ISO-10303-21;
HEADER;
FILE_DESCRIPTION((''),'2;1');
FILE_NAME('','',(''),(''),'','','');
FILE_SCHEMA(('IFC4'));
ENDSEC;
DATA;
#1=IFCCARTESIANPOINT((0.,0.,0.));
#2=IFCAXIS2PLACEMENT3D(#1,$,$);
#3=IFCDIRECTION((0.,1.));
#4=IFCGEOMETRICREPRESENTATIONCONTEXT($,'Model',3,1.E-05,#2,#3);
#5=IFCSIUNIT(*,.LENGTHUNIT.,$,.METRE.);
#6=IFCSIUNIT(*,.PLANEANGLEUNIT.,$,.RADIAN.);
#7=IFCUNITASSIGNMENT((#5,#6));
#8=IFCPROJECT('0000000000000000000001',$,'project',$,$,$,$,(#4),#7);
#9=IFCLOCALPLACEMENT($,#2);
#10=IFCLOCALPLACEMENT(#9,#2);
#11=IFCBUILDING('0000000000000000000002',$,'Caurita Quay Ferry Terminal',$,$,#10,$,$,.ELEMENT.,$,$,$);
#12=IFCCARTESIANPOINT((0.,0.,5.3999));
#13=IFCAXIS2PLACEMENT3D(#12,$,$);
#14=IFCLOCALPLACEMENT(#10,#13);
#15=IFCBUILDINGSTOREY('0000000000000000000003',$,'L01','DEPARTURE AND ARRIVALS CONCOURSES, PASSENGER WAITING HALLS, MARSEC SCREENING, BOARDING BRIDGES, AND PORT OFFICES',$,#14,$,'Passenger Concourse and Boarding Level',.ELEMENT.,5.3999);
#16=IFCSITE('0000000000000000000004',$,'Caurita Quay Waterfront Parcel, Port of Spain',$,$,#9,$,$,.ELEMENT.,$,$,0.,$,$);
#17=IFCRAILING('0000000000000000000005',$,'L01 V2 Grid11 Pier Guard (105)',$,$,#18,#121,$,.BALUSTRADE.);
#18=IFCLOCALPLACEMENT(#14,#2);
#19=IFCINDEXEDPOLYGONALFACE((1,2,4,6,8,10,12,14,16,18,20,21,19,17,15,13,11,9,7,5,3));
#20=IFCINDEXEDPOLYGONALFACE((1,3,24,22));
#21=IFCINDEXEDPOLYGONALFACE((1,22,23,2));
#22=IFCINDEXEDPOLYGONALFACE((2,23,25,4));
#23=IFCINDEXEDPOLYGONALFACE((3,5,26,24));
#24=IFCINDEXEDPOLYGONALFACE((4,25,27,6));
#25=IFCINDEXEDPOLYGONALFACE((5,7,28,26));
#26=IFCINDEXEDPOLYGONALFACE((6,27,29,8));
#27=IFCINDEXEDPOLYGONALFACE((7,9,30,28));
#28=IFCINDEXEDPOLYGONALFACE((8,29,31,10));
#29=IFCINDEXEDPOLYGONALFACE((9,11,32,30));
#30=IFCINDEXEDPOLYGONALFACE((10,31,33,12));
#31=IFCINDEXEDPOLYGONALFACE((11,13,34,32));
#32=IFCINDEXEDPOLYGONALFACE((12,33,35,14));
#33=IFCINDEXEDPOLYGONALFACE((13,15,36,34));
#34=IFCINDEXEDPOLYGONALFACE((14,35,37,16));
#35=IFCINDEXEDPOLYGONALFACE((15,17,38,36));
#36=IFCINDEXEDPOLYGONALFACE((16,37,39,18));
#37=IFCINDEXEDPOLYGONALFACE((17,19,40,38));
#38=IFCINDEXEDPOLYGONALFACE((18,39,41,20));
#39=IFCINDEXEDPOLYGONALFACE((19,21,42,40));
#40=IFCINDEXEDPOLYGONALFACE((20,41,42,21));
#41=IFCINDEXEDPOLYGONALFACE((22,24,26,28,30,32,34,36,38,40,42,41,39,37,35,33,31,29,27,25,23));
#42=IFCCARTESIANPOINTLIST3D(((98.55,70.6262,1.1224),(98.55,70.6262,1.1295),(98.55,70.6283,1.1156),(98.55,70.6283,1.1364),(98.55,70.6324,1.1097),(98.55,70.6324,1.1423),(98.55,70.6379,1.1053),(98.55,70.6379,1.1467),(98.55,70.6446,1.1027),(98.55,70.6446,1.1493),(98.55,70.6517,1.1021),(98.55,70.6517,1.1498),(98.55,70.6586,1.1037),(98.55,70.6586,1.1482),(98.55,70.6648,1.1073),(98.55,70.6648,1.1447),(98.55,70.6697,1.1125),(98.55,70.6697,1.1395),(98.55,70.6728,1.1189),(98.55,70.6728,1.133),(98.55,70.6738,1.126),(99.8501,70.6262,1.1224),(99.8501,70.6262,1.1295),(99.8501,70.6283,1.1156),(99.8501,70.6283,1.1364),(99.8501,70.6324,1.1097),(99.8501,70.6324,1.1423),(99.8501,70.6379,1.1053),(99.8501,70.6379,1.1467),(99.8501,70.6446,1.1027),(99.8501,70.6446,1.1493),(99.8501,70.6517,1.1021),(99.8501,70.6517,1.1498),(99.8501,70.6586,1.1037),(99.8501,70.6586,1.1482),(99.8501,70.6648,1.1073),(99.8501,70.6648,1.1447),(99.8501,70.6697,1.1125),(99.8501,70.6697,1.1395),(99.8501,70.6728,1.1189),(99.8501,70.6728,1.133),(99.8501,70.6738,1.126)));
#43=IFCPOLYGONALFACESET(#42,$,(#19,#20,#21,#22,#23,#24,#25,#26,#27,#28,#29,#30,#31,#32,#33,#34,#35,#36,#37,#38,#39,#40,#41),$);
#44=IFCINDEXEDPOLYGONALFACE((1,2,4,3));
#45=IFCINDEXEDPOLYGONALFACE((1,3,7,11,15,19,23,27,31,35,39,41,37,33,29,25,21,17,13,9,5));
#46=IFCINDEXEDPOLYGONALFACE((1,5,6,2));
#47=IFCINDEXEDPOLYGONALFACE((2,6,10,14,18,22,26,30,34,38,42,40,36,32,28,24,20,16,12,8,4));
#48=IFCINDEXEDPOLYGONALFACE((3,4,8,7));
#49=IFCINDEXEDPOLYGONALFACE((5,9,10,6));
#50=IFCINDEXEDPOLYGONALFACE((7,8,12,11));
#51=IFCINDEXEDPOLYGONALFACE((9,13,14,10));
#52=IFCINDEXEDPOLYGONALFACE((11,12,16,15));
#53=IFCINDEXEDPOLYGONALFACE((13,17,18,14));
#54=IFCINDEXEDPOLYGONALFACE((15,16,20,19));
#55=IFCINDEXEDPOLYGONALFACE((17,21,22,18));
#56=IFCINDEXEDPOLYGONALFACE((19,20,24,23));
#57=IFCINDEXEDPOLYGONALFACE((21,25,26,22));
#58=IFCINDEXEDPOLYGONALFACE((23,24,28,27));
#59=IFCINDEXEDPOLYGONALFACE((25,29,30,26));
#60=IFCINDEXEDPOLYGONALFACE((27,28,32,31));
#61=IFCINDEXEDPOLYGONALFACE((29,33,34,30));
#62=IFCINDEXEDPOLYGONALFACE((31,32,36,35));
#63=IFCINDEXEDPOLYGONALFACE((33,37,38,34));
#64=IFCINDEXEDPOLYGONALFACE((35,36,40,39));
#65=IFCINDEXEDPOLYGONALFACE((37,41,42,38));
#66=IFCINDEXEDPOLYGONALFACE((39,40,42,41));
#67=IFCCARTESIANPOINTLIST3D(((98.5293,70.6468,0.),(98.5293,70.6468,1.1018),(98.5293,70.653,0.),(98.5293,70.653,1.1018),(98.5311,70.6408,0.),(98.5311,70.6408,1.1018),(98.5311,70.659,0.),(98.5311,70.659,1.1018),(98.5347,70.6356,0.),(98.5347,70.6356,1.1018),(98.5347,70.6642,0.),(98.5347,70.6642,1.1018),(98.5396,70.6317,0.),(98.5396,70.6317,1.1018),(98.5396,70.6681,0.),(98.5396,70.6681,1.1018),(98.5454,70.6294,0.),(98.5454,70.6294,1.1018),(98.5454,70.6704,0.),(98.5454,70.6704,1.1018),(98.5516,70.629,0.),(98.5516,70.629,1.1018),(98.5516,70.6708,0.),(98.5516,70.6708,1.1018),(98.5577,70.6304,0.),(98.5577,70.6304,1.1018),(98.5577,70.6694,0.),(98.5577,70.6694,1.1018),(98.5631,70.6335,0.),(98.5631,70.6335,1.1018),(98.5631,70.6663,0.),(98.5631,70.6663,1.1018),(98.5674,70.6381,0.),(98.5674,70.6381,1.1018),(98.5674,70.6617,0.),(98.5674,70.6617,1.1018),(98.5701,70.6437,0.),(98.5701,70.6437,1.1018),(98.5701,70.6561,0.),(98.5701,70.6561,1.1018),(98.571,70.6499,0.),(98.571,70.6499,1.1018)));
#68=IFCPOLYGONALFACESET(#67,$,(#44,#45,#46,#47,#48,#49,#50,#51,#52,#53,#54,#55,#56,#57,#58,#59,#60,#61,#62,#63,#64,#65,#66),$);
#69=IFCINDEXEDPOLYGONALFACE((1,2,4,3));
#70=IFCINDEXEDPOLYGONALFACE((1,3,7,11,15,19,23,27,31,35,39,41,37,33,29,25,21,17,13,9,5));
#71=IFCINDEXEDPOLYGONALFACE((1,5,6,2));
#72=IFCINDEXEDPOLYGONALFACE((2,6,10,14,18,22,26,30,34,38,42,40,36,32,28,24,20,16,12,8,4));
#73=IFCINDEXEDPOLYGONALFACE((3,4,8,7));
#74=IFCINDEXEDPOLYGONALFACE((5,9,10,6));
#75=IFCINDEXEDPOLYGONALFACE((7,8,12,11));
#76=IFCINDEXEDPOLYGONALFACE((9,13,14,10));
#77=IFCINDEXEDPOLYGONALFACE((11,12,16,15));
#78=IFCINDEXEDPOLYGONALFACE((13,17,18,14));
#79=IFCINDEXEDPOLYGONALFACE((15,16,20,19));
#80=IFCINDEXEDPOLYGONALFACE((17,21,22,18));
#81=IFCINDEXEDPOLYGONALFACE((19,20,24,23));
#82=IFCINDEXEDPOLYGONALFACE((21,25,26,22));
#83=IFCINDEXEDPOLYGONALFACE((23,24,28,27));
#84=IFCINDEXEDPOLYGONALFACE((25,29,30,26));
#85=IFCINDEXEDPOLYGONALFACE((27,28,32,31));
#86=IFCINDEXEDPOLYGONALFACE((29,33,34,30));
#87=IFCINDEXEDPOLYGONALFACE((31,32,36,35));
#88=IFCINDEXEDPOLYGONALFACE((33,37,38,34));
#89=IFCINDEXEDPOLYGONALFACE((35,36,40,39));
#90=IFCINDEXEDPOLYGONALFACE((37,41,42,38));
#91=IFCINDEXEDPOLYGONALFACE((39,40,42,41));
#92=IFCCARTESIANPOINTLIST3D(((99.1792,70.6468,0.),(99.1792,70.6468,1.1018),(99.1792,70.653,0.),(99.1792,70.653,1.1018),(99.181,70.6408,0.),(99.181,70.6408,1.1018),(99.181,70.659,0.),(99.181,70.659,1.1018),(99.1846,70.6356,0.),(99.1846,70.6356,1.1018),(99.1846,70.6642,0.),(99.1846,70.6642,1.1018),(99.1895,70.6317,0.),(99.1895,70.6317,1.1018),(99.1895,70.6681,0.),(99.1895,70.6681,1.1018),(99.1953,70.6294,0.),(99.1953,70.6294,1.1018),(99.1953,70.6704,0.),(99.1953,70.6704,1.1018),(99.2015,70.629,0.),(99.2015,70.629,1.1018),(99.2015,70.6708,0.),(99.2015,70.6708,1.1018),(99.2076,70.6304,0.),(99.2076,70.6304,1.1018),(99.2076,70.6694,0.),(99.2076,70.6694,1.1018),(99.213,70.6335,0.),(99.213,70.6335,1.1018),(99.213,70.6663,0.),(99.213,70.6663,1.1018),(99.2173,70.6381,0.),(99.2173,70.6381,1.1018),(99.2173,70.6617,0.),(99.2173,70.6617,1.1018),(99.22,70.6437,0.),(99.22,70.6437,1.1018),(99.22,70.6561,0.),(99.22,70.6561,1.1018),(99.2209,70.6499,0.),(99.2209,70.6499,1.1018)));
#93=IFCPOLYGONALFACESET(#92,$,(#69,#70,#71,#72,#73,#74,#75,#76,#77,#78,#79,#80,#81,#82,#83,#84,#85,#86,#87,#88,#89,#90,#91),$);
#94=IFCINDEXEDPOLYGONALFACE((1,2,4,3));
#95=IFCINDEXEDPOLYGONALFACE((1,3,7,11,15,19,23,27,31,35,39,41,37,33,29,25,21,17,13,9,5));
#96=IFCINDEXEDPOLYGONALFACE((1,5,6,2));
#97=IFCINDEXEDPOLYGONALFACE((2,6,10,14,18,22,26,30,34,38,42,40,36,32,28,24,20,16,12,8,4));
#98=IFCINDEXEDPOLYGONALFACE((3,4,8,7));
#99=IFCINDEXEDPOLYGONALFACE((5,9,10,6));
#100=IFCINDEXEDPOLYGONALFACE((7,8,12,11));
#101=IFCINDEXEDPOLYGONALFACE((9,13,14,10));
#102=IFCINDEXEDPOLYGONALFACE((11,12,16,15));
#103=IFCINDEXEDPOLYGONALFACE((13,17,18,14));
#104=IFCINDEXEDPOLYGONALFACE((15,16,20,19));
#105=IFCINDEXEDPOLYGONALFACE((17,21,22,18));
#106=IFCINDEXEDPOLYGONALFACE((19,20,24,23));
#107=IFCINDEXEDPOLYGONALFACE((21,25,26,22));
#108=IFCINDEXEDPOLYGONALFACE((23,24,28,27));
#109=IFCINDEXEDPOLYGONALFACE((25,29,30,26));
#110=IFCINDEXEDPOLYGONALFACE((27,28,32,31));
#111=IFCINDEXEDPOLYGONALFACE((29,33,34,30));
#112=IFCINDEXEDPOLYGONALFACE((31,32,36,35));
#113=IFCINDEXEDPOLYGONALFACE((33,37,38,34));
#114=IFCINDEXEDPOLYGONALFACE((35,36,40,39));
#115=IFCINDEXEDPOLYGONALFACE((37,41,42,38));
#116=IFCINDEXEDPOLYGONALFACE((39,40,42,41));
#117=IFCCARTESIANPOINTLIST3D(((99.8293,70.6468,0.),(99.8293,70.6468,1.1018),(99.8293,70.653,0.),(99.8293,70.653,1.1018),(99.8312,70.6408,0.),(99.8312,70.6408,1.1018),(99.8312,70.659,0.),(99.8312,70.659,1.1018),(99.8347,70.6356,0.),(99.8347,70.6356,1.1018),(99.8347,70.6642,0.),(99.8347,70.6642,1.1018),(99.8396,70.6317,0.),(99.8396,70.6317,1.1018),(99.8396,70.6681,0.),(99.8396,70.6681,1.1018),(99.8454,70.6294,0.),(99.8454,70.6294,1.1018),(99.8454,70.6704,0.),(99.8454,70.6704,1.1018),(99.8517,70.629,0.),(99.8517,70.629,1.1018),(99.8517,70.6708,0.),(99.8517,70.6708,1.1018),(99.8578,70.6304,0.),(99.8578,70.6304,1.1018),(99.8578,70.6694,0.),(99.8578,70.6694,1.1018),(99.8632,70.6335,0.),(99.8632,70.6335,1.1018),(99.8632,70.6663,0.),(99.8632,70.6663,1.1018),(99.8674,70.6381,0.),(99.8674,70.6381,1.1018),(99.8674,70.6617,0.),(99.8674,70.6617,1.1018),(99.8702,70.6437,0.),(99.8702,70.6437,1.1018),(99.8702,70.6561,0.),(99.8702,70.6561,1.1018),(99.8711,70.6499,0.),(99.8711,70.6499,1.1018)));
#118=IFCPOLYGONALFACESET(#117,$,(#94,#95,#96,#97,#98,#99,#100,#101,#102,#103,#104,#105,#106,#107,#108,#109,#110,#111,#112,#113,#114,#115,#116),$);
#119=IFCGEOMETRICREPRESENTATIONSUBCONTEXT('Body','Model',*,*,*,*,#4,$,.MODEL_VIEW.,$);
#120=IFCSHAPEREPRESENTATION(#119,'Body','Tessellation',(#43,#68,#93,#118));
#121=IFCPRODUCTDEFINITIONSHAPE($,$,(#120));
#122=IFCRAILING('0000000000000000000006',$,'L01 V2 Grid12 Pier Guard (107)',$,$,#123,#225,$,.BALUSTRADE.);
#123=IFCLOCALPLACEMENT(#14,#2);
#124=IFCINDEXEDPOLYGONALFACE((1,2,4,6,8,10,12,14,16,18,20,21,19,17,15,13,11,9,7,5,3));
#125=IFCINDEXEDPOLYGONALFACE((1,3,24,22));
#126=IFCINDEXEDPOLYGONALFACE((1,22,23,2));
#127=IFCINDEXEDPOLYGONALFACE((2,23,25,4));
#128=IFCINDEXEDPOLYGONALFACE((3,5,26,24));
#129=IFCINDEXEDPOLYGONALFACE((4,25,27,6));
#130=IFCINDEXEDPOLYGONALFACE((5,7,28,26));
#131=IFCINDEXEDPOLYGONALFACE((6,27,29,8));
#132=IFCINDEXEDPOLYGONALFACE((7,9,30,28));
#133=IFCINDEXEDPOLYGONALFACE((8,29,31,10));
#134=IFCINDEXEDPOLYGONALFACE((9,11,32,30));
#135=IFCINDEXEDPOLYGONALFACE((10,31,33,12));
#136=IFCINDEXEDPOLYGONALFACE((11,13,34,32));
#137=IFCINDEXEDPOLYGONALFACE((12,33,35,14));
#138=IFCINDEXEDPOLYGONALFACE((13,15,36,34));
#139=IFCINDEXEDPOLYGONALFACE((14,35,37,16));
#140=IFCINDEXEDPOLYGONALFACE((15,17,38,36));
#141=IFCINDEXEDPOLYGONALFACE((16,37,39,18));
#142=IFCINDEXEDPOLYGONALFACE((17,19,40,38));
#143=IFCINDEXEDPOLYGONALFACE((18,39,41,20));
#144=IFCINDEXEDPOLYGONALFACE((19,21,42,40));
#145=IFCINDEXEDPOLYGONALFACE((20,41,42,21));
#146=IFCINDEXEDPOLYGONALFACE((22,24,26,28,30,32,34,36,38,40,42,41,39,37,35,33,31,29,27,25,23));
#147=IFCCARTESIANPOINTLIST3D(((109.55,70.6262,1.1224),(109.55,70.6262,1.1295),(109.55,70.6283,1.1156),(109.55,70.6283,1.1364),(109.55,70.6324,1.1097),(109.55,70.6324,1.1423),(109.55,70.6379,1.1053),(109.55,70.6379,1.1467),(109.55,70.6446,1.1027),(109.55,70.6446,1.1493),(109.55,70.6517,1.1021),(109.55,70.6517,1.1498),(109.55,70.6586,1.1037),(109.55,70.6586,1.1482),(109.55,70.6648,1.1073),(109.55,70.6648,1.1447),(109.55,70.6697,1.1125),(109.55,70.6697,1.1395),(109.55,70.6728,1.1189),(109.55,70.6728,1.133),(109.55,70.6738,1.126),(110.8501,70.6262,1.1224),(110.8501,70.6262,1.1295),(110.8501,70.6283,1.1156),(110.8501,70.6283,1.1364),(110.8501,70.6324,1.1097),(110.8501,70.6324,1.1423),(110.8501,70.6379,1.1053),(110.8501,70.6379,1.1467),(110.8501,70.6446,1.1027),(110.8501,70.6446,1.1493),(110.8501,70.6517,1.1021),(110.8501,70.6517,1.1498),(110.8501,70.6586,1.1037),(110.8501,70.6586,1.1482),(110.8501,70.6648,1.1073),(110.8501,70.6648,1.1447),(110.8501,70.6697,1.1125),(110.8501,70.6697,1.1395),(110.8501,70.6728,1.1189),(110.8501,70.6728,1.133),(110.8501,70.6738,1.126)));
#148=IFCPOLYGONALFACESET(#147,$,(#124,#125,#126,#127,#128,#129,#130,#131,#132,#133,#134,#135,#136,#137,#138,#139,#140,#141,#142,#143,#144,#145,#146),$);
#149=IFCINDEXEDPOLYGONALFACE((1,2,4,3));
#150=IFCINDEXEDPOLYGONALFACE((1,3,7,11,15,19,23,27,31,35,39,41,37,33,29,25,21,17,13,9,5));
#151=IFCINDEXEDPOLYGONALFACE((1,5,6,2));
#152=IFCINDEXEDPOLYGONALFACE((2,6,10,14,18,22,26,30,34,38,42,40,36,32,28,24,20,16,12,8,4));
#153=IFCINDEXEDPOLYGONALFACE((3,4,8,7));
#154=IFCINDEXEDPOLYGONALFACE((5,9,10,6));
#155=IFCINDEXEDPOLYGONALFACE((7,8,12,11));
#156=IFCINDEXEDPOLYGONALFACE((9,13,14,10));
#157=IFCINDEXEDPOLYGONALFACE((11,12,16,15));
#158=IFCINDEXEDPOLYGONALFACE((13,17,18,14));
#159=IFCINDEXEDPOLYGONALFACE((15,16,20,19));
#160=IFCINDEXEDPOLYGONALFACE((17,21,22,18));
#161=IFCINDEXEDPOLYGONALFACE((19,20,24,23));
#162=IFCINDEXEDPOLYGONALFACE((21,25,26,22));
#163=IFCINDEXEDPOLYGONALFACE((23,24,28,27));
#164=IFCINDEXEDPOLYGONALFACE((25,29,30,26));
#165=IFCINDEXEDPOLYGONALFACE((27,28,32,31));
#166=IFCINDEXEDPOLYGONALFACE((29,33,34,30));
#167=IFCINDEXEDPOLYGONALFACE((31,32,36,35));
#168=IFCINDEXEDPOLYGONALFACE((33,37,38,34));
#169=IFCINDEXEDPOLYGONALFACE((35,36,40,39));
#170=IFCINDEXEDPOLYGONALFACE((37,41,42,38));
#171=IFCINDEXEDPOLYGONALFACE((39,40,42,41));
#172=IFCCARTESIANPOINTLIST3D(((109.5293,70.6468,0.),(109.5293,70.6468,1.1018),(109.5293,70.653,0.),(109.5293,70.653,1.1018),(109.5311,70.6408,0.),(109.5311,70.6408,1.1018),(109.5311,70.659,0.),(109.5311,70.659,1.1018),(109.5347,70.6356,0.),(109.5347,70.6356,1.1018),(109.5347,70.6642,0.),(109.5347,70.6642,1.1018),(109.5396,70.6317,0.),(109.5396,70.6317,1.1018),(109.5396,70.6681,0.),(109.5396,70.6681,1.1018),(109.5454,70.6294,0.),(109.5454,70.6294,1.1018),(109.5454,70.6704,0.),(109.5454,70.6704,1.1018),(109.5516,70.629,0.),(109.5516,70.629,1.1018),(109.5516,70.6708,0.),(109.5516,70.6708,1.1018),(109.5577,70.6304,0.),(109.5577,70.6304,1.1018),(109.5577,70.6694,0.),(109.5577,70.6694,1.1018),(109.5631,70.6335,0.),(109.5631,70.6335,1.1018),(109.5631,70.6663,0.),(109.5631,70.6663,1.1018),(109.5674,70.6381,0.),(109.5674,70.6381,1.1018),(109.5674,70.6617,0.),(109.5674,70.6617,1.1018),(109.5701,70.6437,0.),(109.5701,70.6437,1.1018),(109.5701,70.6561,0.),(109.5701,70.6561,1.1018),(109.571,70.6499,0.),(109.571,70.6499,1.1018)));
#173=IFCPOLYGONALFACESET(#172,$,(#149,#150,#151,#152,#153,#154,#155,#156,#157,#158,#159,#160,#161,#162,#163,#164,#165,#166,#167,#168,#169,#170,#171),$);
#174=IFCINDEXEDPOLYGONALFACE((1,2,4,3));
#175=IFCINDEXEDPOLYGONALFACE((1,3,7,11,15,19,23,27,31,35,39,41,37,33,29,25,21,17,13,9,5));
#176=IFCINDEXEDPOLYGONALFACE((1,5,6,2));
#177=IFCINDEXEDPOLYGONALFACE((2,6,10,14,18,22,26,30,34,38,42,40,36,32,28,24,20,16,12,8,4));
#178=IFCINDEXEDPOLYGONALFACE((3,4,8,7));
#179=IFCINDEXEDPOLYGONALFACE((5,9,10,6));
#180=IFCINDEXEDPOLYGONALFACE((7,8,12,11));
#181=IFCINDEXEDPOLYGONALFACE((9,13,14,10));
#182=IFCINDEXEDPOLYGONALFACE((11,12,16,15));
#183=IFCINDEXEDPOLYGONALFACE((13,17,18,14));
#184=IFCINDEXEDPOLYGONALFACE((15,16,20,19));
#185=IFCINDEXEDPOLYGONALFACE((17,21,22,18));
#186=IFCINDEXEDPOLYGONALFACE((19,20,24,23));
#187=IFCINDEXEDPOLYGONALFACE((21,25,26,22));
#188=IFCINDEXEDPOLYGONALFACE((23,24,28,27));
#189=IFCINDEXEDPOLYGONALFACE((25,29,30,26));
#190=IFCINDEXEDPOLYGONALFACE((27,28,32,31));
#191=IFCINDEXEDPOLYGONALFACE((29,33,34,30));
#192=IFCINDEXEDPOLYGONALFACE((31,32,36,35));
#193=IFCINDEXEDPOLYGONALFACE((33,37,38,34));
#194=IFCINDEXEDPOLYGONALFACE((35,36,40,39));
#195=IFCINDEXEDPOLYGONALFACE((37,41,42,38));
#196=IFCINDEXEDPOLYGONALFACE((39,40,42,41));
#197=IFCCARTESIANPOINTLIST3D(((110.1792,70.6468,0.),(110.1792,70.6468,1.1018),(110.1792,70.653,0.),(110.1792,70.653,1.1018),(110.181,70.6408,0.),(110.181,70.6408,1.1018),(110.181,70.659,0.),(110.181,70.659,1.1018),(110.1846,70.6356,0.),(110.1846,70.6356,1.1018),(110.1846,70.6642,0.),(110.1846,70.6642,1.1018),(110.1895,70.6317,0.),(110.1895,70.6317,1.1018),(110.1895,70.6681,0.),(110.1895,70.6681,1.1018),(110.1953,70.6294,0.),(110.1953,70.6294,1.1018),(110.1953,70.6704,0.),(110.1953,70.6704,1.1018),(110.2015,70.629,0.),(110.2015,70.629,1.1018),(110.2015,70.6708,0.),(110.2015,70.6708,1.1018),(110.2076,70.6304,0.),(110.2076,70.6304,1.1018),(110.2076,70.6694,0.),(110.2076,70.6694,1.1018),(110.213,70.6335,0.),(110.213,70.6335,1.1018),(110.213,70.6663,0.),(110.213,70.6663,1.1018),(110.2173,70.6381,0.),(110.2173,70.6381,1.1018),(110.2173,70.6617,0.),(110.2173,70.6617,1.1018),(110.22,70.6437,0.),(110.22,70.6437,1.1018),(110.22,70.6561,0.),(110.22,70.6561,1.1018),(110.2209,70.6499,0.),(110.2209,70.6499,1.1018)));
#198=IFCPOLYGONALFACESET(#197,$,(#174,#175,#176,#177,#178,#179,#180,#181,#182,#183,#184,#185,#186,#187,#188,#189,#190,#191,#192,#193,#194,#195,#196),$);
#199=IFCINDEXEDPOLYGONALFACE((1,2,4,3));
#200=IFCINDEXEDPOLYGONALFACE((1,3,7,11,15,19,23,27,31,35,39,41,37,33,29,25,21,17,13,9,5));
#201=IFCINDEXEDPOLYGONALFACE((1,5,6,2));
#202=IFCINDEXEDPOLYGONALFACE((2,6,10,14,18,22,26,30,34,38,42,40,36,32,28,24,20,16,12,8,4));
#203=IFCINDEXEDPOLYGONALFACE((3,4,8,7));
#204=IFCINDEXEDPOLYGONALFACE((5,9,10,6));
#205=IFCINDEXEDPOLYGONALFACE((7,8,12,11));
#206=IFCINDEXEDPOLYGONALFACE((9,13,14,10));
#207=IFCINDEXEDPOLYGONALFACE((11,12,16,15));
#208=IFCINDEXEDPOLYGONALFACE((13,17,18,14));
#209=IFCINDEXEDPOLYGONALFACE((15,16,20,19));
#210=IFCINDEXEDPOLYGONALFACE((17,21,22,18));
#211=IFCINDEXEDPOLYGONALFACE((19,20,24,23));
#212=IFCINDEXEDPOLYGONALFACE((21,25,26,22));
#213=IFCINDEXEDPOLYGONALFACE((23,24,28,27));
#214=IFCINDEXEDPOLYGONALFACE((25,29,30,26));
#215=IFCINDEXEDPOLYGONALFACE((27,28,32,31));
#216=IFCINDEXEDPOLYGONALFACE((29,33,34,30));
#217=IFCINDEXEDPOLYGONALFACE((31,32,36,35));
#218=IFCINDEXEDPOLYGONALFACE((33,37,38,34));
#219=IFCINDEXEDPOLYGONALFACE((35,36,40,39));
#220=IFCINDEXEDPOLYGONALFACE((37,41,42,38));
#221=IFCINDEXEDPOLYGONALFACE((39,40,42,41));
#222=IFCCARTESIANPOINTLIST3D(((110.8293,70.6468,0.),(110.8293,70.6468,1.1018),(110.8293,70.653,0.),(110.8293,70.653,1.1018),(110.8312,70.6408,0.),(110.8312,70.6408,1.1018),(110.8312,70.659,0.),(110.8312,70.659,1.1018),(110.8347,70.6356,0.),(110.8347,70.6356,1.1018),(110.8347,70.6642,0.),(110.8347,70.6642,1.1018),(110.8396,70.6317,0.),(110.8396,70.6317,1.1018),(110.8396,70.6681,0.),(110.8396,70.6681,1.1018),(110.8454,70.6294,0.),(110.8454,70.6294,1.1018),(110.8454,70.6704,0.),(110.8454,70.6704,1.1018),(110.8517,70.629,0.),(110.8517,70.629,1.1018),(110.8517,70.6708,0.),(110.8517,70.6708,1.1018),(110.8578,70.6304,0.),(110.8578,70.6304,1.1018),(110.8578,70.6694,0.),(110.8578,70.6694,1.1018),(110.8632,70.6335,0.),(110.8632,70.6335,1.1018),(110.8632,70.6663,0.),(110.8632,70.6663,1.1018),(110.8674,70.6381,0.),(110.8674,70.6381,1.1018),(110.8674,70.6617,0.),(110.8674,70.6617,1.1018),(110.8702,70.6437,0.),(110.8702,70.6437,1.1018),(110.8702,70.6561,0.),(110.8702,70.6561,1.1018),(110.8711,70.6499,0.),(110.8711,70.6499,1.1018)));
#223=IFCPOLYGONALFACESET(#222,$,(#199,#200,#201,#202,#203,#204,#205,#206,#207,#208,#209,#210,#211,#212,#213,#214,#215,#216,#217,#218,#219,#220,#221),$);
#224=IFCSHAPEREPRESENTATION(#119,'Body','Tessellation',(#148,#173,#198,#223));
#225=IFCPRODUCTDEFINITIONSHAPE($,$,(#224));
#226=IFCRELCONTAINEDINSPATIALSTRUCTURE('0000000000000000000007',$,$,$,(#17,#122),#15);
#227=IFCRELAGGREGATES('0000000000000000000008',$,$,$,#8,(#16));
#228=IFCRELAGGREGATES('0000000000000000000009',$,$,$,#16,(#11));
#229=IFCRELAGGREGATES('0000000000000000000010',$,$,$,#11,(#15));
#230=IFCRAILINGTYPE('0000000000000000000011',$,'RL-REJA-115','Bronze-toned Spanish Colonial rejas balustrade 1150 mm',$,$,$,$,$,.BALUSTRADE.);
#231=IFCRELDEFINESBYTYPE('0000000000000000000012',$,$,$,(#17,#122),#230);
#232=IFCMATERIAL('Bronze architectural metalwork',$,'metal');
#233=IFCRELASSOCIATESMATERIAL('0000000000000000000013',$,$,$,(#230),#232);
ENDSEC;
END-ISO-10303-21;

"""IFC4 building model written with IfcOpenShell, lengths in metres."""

from ifc_helpers import new_model, si_unit, direction, frame, origin, origin_2d, place, context, subcontext, project, spatial, circle, extrude, material, type_object, element, save


model = new_model("IFC4")

# Units and contexts
model_context = context("Model", 3, precision=1e-05, world=origin(), true_north=direction((0.0, 1.0)))
body_context = subcontext(model_context, "Body", "Model", "MODEL_VIEW")
ifc_project = project(units=[si_unit("LENGTHUNIT", "METRE"), si_unit("PLANEANGLEUNIT", "RADIAN")], contexts=[model_context])

# Site, building, storey
site_placement = place(None, origin())
site = spatial("IfcSite", under=ifc_project, at=site_placement, Name="Caurita Quay Waterfront Parcel, Port of Spain", CompositionType="ELEMENT", RefElevation=0.0)
building_placement = place(site_placement, origin())
building = spatial("IfcBuilding", under=site, at=building_placement, Name="Caurita Quay Ferry Terminal", CompositionType="ELEMENT")
storey_placement = place(building_placement, frame((0.0, 0.0, 5.3999)))
storey = spatial("IfcBuildingStorey", under=building, at=storey_placement, Name="L01", Description="DEPARTURE AND ARRIVALS CONCOURSES, PASSENGER WAITING HALLS, MARSEC SCREENING, BOARDING BRIDGES, AND PORT OFFICES", LongName="Passenger Concourse and Boarding Level", CompositionType="ELEMENT", Elevation=5.3999)

# Railings
ifc_material_1 = material(Name="Bronze architectural metalwork", Category="metal")
railing_type_1 = type_object("IfcRailingType", Name="RL-REJA-115", Description="Bronze-toned Spanish Colonial rejas balustrade 1150 mm", PredefinedType="BALUSTRADE", material=ifc_material_1)
for number, where, name in (
    (1, (98.55, 70.6499, 0.0), "L01 V2 Grid11 Pier Guard (105)"),
    (2, (109.55, 70.6499, 0.0), "L01 V2 Grid12 Pier Guard (107)"),
):
    element("IfcRailing", number, at=place(storey_placement, frame(where)), inside=storey, type_object=railing_type_1, Name=name, PredefinedType="BALUSTRADE", context=body_context, shape_type="SweptSolid", body=[
        extrude(circle(Radius=0.0239, at=origin_2d()), frame((0.0, 0.0, 1.126), z_axis=(1.0, 0.0, 0.0), x_axis=(0.0, 1.0, 0.0)), (0.0, 0.0, 1.0), 1.3),
        extrude(circle(Radius=0.021, at=origin_2d()), origin(), (0.0, 0.0, 1.0), 1.1018),
        extrude(circle(Radius=0.021, at=origin_2d()), frame((0.6499, 0.0, 0.0)), (0.0, 0.0, 1.0), 1.1018),
        extrude(circle(Radius=0.021, at=origin_2d()), frame((1.3, 0.0, 0.0)), (0.0, 0.0, 1.0), 1.1018),
    ])

save(model, "model.ifc")
